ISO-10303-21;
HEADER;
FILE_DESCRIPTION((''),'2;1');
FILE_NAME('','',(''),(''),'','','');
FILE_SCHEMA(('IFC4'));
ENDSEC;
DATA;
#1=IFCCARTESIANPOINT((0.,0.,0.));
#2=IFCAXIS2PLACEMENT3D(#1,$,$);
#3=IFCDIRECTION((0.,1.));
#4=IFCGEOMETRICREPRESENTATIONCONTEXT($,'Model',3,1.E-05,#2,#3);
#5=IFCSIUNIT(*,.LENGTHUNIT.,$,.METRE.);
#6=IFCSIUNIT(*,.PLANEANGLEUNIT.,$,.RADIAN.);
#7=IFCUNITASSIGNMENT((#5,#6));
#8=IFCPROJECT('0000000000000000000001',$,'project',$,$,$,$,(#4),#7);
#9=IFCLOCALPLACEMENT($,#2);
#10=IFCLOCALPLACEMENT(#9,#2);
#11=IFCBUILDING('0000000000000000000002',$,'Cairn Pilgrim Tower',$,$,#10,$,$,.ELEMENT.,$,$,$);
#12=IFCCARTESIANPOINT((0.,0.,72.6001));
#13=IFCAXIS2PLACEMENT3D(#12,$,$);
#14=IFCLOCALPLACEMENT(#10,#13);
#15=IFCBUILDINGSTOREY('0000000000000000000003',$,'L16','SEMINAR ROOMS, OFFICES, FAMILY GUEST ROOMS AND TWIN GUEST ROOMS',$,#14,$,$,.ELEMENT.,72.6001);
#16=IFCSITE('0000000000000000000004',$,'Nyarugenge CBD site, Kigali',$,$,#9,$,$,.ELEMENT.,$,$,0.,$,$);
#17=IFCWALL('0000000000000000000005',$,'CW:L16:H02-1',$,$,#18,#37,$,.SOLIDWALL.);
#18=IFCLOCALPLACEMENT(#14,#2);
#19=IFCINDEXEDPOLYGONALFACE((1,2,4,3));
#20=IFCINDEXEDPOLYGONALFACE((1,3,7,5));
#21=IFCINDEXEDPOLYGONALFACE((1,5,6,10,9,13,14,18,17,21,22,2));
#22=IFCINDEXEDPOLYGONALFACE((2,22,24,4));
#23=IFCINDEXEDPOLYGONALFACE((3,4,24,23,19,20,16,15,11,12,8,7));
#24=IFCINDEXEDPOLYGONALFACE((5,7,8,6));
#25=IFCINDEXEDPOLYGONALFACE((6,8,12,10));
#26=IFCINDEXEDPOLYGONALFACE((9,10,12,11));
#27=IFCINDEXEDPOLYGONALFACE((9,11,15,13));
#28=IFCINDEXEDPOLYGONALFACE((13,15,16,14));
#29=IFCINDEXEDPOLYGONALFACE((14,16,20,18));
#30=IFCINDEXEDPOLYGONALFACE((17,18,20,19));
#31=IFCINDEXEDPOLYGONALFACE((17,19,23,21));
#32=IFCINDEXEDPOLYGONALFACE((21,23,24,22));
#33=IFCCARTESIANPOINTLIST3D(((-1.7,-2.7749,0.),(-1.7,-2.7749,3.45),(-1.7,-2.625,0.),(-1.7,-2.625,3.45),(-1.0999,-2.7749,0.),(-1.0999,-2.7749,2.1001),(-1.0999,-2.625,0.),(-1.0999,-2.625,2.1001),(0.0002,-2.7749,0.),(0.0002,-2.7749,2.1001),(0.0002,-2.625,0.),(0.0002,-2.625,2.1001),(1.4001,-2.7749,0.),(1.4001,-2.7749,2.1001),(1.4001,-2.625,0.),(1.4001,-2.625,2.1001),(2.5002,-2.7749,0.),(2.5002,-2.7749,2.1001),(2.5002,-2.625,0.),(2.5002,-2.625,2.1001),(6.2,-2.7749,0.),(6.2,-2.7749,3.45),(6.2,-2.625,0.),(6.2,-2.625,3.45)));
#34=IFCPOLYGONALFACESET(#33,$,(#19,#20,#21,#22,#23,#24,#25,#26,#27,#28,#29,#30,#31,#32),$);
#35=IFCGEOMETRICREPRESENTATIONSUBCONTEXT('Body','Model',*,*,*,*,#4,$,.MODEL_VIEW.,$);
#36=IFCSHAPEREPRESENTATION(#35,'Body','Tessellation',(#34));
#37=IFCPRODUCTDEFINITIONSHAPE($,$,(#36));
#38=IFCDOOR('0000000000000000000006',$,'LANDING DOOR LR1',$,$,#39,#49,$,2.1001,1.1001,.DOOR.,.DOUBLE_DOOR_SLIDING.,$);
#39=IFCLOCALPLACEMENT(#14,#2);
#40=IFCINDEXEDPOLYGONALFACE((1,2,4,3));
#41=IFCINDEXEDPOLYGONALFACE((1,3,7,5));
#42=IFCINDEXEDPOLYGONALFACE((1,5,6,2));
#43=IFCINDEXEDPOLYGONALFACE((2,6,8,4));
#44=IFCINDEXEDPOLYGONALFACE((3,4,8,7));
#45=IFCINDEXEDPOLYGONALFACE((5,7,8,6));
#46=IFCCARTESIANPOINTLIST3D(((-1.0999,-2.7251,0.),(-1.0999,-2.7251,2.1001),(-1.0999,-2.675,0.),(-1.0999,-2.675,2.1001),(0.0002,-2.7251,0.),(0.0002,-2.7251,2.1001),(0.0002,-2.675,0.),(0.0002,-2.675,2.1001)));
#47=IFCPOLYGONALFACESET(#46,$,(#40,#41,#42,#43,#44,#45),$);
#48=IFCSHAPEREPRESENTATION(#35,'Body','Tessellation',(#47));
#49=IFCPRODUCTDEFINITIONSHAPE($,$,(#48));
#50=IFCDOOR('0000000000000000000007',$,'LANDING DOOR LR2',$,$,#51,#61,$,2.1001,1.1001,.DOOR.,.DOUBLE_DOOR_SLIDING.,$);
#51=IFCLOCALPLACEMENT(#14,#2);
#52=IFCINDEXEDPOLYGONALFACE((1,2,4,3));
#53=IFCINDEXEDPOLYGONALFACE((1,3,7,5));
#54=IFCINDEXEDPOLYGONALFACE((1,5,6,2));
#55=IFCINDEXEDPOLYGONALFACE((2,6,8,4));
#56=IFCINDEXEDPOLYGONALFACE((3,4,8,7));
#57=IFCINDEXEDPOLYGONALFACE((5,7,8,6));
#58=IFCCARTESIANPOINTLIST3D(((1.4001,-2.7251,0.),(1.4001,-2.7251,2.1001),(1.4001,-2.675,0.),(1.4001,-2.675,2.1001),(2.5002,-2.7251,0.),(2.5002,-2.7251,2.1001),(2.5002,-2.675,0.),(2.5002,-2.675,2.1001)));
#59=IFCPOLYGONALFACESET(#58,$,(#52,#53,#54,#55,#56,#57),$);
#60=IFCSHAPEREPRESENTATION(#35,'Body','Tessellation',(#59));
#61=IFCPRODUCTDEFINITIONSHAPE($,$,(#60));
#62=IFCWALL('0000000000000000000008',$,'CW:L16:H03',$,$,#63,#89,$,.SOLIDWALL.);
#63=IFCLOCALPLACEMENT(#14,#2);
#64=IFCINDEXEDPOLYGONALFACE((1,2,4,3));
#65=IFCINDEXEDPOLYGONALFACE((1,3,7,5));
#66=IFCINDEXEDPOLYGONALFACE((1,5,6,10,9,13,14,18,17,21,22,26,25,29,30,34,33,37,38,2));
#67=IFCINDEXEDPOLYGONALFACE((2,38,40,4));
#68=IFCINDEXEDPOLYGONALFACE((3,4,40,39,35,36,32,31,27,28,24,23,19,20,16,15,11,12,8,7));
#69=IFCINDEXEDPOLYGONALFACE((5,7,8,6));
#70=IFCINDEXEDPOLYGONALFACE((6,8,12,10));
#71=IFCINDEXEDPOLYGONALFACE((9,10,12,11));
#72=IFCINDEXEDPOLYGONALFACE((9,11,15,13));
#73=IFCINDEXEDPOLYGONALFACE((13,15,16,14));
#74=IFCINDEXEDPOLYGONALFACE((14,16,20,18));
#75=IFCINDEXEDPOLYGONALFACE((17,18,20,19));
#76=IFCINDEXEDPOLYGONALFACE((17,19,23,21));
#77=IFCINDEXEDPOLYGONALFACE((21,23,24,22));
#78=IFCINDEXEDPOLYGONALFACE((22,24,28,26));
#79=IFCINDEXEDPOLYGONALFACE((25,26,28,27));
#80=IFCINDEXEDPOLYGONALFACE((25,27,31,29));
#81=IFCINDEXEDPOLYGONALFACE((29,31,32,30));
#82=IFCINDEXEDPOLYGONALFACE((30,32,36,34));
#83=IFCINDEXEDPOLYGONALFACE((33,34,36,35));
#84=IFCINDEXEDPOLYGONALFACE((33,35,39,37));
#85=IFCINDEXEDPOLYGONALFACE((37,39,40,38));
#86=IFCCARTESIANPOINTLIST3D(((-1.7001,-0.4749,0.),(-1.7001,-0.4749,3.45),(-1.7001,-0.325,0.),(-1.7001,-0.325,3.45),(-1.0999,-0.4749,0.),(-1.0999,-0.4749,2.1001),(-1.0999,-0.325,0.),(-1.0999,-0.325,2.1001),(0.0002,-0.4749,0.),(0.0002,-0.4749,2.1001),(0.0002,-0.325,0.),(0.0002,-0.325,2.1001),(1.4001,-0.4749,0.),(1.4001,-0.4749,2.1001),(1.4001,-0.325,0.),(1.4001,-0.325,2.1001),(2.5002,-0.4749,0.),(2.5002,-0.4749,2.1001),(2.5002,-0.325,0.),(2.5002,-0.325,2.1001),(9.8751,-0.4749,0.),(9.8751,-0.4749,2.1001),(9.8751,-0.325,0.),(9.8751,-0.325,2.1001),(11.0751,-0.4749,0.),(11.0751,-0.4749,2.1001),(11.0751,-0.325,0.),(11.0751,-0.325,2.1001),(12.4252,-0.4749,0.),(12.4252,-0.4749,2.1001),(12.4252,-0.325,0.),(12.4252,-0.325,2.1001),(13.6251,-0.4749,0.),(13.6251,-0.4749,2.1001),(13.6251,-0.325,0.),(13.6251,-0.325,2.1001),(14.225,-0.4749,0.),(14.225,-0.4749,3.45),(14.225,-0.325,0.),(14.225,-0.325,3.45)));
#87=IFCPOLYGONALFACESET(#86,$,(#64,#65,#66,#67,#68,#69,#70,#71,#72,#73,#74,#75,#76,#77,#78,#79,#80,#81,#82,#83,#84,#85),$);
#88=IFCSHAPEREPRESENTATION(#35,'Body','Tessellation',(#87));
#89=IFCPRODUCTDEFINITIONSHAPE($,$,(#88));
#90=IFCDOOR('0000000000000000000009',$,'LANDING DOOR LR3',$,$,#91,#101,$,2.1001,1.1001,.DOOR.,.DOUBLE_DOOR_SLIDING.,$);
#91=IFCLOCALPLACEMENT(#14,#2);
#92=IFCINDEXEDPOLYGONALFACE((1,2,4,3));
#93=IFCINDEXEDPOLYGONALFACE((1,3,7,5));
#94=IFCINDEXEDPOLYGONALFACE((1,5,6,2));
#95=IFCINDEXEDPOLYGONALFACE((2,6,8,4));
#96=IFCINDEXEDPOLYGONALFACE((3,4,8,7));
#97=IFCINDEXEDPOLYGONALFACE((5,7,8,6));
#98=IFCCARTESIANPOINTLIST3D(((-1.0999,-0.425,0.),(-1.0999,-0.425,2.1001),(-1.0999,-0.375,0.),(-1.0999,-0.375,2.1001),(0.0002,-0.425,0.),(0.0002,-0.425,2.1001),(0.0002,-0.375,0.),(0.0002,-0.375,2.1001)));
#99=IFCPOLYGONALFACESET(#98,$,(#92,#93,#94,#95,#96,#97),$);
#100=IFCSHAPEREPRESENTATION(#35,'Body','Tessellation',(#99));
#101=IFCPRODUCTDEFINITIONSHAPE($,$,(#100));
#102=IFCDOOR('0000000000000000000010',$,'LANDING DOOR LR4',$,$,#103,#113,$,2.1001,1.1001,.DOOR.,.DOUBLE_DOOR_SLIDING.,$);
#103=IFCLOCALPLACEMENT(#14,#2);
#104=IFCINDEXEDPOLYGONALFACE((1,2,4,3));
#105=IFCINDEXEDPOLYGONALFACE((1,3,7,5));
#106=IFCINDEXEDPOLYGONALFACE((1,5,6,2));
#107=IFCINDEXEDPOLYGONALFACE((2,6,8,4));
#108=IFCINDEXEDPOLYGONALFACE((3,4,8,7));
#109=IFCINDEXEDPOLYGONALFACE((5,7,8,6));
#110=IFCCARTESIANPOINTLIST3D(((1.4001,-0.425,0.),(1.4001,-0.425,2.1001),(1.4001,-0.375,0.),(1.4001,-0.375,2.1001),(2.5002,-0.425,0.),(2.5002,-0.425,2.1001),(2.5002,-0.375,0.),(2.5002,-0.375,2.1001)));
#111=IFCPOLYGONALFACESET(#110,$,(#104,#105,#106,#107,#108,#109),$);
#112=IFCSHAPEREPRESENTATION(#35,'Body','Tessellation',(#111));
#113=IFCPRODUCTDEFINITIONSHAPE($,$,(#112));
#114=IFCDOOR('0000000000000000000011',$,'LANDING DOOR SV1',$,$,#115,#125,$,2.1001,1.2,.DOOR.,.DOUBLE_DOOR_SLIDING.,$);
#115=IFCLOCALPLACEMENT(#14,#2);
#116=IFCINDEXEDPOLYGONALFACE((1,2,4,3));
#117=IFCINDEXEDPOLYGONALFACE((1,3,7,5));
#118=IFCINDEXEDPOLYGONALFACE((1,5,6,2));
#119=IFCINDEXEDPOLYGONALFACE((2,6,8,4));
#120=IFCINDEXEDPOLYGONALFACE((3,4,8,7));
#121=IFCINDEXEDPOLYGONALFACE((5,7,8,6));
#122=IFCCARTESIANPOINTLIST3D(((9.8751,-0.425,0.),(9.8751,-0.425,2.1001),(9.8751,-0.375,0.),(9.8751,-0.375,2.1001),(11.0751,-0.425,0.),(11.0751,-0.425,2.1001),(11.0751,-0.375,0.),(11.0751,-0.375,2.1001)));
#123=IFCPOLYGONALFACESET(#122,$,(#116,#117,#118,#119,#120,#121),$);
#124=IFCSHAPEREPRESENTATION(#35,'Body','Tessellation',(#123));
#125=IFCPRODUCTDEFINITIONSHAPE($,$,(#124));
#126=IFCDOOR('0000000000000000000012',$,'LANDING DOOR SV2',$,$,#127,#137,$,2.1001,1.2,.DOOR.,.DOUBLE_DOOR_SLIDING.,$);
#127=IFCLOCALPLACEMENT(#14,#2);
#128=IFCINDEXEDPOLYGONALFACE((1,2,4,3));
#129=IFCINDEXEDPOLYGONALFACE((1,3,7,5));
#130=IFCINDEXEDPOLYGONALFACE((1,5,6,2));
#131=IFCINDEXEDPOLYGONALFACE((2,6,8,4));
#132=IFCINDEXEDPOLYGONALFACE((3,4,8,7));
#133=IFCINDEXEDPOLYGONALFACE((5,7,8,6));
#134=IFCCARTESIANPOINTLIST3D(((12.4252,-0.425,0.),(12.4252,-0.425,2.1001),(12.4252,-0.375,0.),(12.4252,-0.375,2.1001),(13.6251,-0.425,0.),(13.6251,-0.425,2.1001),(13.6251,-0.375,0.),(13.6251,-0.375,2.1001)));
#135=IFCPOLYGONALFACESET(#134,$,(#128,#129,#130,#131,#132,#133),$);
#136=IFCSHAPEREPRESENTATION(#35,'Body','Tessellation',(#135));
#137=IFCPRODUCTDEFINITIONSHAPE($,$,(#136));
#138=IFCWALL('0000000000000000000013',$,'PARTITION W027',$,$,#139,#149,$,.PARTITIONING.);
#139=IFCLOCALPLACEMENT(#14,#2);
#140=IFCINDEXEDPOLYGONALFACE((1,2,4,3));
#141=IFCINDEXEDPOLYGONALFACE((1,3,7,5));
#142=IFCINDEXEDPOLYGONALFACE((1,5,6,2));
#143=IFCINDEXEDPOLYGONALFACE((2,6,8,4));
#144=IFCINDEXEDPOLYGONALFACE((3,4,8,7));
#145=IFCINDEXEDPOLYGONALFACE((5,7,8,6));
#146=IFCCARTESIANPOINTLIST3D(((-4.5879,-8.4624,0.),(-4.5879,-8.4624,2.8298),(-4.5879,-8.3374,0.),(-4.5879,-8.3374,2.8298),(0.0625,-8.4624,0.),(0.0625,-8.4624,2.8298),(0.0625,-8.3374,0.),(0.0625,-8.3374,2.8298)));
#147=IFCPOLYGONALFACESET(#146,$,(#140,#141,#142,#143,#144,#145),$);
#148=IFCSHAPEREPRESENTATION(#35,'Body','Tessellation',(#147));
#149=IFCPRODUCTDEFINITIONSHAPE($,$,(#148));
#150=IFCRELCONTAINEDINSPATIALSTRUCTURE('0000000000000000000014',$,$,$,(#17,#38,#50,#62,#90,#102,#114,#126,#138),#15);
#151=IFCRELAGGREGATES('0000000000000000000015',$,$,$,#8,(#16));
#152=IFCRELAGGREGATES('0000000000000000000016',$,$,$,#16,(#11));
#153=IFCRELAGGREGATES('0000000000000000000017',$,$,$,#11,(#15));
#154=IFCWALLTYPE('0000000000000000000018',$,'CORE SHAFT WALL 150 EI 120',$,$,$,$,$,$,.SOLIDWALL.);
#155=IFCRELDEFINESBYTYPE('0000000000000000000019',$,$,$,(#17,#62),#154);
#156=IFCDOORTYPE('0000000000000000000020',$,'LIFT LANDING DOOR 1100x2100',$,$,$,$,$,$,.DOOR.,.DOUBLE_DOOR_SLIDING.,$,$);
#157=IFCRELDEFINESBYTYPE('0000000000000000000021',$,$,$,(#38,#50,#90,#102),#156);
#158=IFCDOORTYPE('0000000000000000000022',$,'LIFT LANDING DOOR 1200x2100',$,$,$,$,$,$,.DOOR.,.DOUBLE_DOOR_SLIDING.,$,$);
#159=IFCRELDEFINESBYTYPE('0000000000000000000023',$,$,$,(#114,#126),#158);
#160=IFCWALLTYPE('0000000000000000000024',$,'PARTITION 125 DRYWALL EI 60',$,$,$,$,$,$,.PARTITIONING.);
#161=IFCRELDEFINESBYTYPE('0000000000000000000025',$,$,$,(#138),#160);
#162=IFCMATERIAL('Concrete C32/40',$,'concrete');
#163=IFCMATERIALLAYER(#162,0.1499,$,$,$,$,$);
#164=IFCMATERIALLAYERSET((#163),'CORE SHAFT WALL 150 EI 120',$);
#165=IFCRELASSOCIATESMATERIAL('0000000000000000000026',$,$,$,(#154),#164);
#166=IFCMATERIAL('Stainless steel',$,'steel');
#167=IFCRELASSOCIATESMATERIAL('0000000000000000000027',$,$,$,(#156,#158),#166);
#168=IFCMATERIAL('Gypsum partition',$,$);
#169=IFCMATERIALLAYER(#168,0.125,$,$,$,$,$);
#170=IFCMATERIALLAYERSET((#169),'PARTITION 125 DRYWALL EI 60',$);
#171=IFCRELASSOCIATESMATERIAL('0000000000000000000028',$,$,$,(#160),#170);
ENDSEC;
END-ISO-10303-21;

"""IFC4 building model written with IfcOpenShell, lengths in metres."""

from ifc_helpers import new_model, si_unit, direction, frame, frame_2d, origin, place, context, subcontext, project, spatial, rectangle, extrude, material, layer, layer_set, type_object, element, fill, save


model = new_model("IFC4")

# Units and contexts
model_context = context("Model", 3, precision=1e-05, world=origin(), true_north=direction((0.0, 1.0)))
body_context = subcontext(model_context, "Body", "Model", "MODEL_VIEW")
ifc_project = project(units=[si_unit("LENGTHUNIT", "METRE"), si_unit("PLANEANGLEUNIT", "RADIAN")], contexts=[model_context])

# Site, building, storey
site_placement = place(None, origin())
site = spatial("IfcSite", under=ifc_project, at=site_placement, Name="Nyarugenge CBD site, Kigali", CompositionType="ELEMENT", RefElevation=0.0)
building_placement = place(site_placement, origin())
building = spatial("IfcBuilding", under=site, at=building_placement, Name="Cairn Pilgrim Tower", CompositionType="ELEMENT")
storey_placement = place(building_placement, frame((0.0, 0.0, 72.6001)))
storey = spatial("IfcBuildingStorey", under=building, at=storey_placement, Name="L16", Description="SEMINAR ROOMS, OFFICES, FAMILY GUEST ROOMS AND TWIN GUEST ROOMS", CompositionType="ELEMENT", Elevation=72.6001)

# Shared definitions
ifc_material_1 = material(Name="Concrete C32/40", Category="concrete")

# Walls, openings, doors
ifc_layer_1 = layer(ifc_material_1, 0.1499)
ifc_layer_set_1 = layer_set([ifc_layer_1], Name="CORE SHAFT WALL 150 EI 120")
wall_type_1 = type_object("IfcWallType", Name="CORE SHAFT WALL 150 EI 120", PredefinedType="SOLIDWALL", material=ifc_layer_set_1)
wall_1_placement = place(storey_placement, frame((-1.7, -2.7, 0.0), z_axis=(0.0, 0.0, 1.0), x_axis=(1.0, 0.0, 0.0)))
wall_1 = element("IfcWall", 1, at=wall_1_placement, inside=storey, type_object=wall_type_1, Name="CW:L16:H02-1", PredefinedType="SOLIDWALL", context=body_context, shape_type="SweptSolid", body=[
    extrude(rectangle(XDim=7.8999, YDim=0.1499, at=frame_2d((3.95, 0.0))), origin(), (0.0, 0.0, 1.0), 3.45),
])
opening_1_placement = place(wall_1_placement, frame((0.6001, 0.0, 0.0)))
opening_1 = element("IfcOpeningElement", 2, at=opening_1_placement, cuts=wall_1, PredefinedType="OPENING", context=body_context, shape_type="SweptSolid", body=[
    extrude(rectangle(XDim=1.1001, YDim=2.1001, at=frame_2d((0.55, 1.05))), frame((0.0, 0.085, 0.0), z_axis=(0.0, -1.0, 0.0), x_axis=(1.0, 0.0, 0.0)), (0.0, 0.0, 1.0), 0.1699),
])
opening_2_placement = place(wall_1_placement, frame((3.1001, 0.0, 0.0)))
opening_2 = element("IfcOpeningElement", 3, at=opening_2_placement, cuts=wall_1, PredefinedType="OPENING", context=body_context, shape_type="SweptSolid", body=[
    extrude(rectangle(XDim=1.1001, YDim=2.1001, at=frame_2d((0.55, 1.05))), frame((0.0, 0.085, 0.0), z_axis=(0.0, -1.0, 0.0), x_axis=(1.0, 0.0, 0.0)), (0.0, 0.0, 1.0), 0.1699),
])
ifc_material_2 = material(Name="Stainless steel", Category="steel")
door_type_1 = type_object("IfcDoorType", Name="LIFT LANDING DOOR 1100x2100", OperationType="DOUBLE_DOOR_SLIDING", PredefinedType="DOOR", material=ifc_material_2)
door_1_placement = place(opening_1_placement, origin())
door_1 = element("IfcDoor", 4, at=door_1_placement, inside=storey, type_object=door_type_1, Name="LANDING DOOR LR1", OperationType="DOUBLE_DOOR_SLIDING", OverallHeight=2.1001, OverallWidth=1.1001, PredefinedType="DOOR", context=body_context, shape_type="SweptSolid", body=[
    extrude(rectangle(XDim=1.1001, YDim=2.1001, at=frame_2d((0.55, 1.05))), frame((0.0, 0.0249, 0.0), z_axis=(0.0, -1.0, 0.0), x_axis=(1.0, 0.0, 0.0)), (0.0, 0.0, 1.0), 0.05),
])
fill(opening_1, door_1)
door_2_placement = place(opening_2_placement, origin())
door_2 = element("IfcDoor", 5, at=door_2_placement, inside=storey, type_object=door_type_1, Name="LANDING DOOR LR2", OperationType="DOUBLE_DOOR_SLIDING", OverallHeight=2.1001, OverallWidth=1.1001, PredefinedType="DOOR", context=body_context, shape_type="SweptSolid", body=[
    extrude(rectangle(XDim=1.1001, YDim=2.1001, at=frame_2d((0.55, 1.05))), frame((0.0, 0.0249, 0.0), z_axis=(0.0, -1.0, 0.0), x_axis=(1.0, 0.0, 0.0)), (0.0, 0.0, 1.0), 0.05),
])
fill(opening_2, door_2)
wall_2_placement = place(storey_placement, frame((-1.7, -0.3999, 0.0), z_axis=(0.0, 0.0, 1.0), x_axis=(1.0, 0.0, 0.0)))
wall_2 = element("IfcWall", 6, at=wall_2_placement, inside=storey, type_object=wall_type_1, Name="CW:L16:H03", PredefinedType="SOLIDWALL", context=body_context, shape_type="SweptSolid", body=[
    extrude(rectangle(XDim=15.925, YDim=0.1499, at=frame_2d((7.9624, 0.0))), origin(), (0.0, 0.0, 1.0), 3.45),
])
opening_3_placement = place(wall_2_placement, frame((0.6001, 0.0, 0.0)))
opening_3 = element("IfcOpeningElement", 7, at=opening_3_placement, cuts=wall_2, PredefinedType="OPENING", context=body_context, shape_type="SweptSolid", body=[
    extrude(rectangle(XDim=1.1001, YDim=2.1001, at=frame_2d((0.55, 1.05))), frame((0.0, 0.085, 0.0), z_axis=(0.0, -1.0, 0.0), x_axis=(1.0, 0.0, 0.0)), (0.0, 0.0, 1.0), 0.1699),
])
opening_4_placement = place(wall_2_placement, frame((3.1001, 0.0, 0.0)))
opening_4 = element("IfcOpeningElement", 8, at=opening_4_placement, cuts=wall_2, PredefinedType="OPENING", context=body_context, shape_type="SweptSolid", body=[
    extrude(rectangle(XDim=1.1001, YDim=2.1001, at=frame_2d((0.55, 1.05))), frame((0.0, 0.085, 0.0), z_axis=(0.0, -1.0, 0.0), x_axis=(1.0, 0.0, 0.0)), (0.0, 0.0, 1.0), 0.1699),
])
opening_5_placement = place(wall_2_placement, frame((11.575, 0.0, 0.0)))
opening_5 = element("IfcOpeningElement", 9, at=opening_5_placement, cuts=wall_2, PredefinedType="OPENING", context=body_context, shape_type="SweptSolid", body=[
    extrude(rectangle(XDim=1.2, YDim=2.1001, at=frame_2d((0.6001, 1.05))), frame((0.0, 0.085, 0.0), z_axis=(0.0, -1.0, 0.0), x_axis=(1.0, 0.0, 0.0)), (0.0, 0.0, 1.0), 0.1699),
])
opening_6_placement = place(wall_2_placement, frame((14.125, 0.0, 0.0)))
opening_6 = element("IfcOpeningElement", 10, at=opening_6_placement, cuts=wall_2, PredefinedType="OPENING", context=body_context, shape_type="SweptSolid", body=[
    extrude(rectangle(XDim=1.2, YDim=2.1001, at=frame_2d((0.6001, 1.05))), frame((0.0, 0.085, 0.0), z_axis=(0.0, -1.0, 0.0), x_axis=(1.0, 0.0, 0.0)), (0.0, 0.0, 1.0), 0.1699),
])
door_3_placement = place(opening_3_placement, origin())
door_3 = element("IfcDoor", 11, at=door_3_placement, inside=storey, type_object=door_type_1, Name="LANDING DOOR LR3", OperationType="DOUBLE_DOOR_SLIDING", OverallHeight=2.1001, OverallWidth=1.1001, PredefinedType="DOOR", context=body_context, shape_type="SweptSolid", body=[
    extrude(rectangle(XDim=1.1001, YDim=2.1001, at=frame_2d((0.55, 1.05))), frame((0.0, 0.0249, 0.0), z_axis=(0.0, -1.0, 0.0), x_axis=(1.0, 0.0, 0.0)), (0.0, 0.0, 1.0), 0.05),
])
fill(opening_3, door_3)
door_4_placement = place(opening_4_placement, origin())
door_4 = element("IfcDoor", 12, at=door_4_placement, inside=storey, type_object=door_type_1, Name="LANDING DOOR LR4", OperationType="DOUBLE_DOOR_SLIDING", OverallHeight=2.1001, OverallWidth=1.1001, PredefinedType="DOOR", context=body_context, shape_type="SweptSolid", body=[
    extrude(rectangle(XDim=1.1001, YDim=2.1001, at=frame_2d((0.55, 1.05))), frame((0.0, 0.0249, 0.0), z_axis=(0.0, -1.0, 0.0), x_axis=(1.0, 0.0, 0.0)), (0.0, 0.0, 1.0), 0.05),
])
fill(opening_4, door_4)
door_type_2 = type_object("IfcDoorType", Name="LIFT LANDING DOOR 1200x2100", OperationType="DOUBLE_DOOR_SLIDING", PredefinedType="DOOR", material=ifc_material_2)
door_5_placement = place(opening_5_placement, origin())
door_5 = element("IfcDoor", 13, at=door_5_placement, inside=storey, type_object=door_type_2, Name="LANDING DOOR SV1", OperationType="DOUBLE_DOOR_SLIDING", OverallHeight=2.1001, OverallWidth=1.2, PredefinedType="DOOR", context=body_context, shape_type="SweptSolid", body=[
    extrude(rectangle(XDim=1.2, YDim=2.1001, at=frame_2d((0.6001, 1.05))), frame((0.0, 0.0249, 0.0), z_axis=(0.0, -1.0, 0.0), x_axis=(1.0, 0.0, 0.0)), (0.0, 0.0, 1.0), 0.05),
])
fill(opening_5, door_5)
door_6_placement = place(opening_6_placement, origin())
door_6 = element("IfcDoor", 14, at=door_6_placement, inside=storey, type_object=door_type_2, Name="LANDING DOOR SV2", OperationType="DOUBLE_DOOR_SLIDING", OverallHeight=2.1001, OverallWidth=1.2, PredefinedType="DOOR", context=body_context, shape_type="SweptSolid", body=[
    extrude(rectangle(XDim=1.2, YDim=2.1001, at=frame_2d((0.6001, 1.05))), frame((0.0, 0.0249, 0.0), z_axis=(0.0, -1.0, 0.0), x_axis=(1.0, 0.0, 0.0)), (0.0, 0.0, 1.0), 0.05),
])
fill(opening_6, door_6)

# Wall
ifc_material_3 = material(Name="Gypsum partition")
ifc_layer_2 = layer(ifc_material_3, 0.125)
ifc_layer_set_2 = layer_set([ifc_layer_2], Name="PARTITION 125 DRYWALL EI 60")
wall_type_2 = type_object("IfcWallType", Name="PARTITION 125 DRYWALL EI 60", PredefinedType="PARTITIONING", material=ifc_layer_set_2)
wall_3_placement = place(storey_placement, frame((-4.5879, -8.3999, 0.0), z_axis=(0.0, 0.0, 1.0), x_axis=(1.0, 0.0, 0.0)))
element("IfcWall", 15, at=wall_3_placement, inside=storey, type_object=wall_type_2, Name="PARTITION W027", PredefinedType="PARTITIONING", context=body_context, shape_type="SweptSolid", body=[
    extrude(rectangle(XDim=4.6504, YDim=0.125, at=frame_2d((2.3252, 0.0))), origin(), (0.0, 0.0, 1.0), 2.8298),
])

save(model, "model.ifc")
